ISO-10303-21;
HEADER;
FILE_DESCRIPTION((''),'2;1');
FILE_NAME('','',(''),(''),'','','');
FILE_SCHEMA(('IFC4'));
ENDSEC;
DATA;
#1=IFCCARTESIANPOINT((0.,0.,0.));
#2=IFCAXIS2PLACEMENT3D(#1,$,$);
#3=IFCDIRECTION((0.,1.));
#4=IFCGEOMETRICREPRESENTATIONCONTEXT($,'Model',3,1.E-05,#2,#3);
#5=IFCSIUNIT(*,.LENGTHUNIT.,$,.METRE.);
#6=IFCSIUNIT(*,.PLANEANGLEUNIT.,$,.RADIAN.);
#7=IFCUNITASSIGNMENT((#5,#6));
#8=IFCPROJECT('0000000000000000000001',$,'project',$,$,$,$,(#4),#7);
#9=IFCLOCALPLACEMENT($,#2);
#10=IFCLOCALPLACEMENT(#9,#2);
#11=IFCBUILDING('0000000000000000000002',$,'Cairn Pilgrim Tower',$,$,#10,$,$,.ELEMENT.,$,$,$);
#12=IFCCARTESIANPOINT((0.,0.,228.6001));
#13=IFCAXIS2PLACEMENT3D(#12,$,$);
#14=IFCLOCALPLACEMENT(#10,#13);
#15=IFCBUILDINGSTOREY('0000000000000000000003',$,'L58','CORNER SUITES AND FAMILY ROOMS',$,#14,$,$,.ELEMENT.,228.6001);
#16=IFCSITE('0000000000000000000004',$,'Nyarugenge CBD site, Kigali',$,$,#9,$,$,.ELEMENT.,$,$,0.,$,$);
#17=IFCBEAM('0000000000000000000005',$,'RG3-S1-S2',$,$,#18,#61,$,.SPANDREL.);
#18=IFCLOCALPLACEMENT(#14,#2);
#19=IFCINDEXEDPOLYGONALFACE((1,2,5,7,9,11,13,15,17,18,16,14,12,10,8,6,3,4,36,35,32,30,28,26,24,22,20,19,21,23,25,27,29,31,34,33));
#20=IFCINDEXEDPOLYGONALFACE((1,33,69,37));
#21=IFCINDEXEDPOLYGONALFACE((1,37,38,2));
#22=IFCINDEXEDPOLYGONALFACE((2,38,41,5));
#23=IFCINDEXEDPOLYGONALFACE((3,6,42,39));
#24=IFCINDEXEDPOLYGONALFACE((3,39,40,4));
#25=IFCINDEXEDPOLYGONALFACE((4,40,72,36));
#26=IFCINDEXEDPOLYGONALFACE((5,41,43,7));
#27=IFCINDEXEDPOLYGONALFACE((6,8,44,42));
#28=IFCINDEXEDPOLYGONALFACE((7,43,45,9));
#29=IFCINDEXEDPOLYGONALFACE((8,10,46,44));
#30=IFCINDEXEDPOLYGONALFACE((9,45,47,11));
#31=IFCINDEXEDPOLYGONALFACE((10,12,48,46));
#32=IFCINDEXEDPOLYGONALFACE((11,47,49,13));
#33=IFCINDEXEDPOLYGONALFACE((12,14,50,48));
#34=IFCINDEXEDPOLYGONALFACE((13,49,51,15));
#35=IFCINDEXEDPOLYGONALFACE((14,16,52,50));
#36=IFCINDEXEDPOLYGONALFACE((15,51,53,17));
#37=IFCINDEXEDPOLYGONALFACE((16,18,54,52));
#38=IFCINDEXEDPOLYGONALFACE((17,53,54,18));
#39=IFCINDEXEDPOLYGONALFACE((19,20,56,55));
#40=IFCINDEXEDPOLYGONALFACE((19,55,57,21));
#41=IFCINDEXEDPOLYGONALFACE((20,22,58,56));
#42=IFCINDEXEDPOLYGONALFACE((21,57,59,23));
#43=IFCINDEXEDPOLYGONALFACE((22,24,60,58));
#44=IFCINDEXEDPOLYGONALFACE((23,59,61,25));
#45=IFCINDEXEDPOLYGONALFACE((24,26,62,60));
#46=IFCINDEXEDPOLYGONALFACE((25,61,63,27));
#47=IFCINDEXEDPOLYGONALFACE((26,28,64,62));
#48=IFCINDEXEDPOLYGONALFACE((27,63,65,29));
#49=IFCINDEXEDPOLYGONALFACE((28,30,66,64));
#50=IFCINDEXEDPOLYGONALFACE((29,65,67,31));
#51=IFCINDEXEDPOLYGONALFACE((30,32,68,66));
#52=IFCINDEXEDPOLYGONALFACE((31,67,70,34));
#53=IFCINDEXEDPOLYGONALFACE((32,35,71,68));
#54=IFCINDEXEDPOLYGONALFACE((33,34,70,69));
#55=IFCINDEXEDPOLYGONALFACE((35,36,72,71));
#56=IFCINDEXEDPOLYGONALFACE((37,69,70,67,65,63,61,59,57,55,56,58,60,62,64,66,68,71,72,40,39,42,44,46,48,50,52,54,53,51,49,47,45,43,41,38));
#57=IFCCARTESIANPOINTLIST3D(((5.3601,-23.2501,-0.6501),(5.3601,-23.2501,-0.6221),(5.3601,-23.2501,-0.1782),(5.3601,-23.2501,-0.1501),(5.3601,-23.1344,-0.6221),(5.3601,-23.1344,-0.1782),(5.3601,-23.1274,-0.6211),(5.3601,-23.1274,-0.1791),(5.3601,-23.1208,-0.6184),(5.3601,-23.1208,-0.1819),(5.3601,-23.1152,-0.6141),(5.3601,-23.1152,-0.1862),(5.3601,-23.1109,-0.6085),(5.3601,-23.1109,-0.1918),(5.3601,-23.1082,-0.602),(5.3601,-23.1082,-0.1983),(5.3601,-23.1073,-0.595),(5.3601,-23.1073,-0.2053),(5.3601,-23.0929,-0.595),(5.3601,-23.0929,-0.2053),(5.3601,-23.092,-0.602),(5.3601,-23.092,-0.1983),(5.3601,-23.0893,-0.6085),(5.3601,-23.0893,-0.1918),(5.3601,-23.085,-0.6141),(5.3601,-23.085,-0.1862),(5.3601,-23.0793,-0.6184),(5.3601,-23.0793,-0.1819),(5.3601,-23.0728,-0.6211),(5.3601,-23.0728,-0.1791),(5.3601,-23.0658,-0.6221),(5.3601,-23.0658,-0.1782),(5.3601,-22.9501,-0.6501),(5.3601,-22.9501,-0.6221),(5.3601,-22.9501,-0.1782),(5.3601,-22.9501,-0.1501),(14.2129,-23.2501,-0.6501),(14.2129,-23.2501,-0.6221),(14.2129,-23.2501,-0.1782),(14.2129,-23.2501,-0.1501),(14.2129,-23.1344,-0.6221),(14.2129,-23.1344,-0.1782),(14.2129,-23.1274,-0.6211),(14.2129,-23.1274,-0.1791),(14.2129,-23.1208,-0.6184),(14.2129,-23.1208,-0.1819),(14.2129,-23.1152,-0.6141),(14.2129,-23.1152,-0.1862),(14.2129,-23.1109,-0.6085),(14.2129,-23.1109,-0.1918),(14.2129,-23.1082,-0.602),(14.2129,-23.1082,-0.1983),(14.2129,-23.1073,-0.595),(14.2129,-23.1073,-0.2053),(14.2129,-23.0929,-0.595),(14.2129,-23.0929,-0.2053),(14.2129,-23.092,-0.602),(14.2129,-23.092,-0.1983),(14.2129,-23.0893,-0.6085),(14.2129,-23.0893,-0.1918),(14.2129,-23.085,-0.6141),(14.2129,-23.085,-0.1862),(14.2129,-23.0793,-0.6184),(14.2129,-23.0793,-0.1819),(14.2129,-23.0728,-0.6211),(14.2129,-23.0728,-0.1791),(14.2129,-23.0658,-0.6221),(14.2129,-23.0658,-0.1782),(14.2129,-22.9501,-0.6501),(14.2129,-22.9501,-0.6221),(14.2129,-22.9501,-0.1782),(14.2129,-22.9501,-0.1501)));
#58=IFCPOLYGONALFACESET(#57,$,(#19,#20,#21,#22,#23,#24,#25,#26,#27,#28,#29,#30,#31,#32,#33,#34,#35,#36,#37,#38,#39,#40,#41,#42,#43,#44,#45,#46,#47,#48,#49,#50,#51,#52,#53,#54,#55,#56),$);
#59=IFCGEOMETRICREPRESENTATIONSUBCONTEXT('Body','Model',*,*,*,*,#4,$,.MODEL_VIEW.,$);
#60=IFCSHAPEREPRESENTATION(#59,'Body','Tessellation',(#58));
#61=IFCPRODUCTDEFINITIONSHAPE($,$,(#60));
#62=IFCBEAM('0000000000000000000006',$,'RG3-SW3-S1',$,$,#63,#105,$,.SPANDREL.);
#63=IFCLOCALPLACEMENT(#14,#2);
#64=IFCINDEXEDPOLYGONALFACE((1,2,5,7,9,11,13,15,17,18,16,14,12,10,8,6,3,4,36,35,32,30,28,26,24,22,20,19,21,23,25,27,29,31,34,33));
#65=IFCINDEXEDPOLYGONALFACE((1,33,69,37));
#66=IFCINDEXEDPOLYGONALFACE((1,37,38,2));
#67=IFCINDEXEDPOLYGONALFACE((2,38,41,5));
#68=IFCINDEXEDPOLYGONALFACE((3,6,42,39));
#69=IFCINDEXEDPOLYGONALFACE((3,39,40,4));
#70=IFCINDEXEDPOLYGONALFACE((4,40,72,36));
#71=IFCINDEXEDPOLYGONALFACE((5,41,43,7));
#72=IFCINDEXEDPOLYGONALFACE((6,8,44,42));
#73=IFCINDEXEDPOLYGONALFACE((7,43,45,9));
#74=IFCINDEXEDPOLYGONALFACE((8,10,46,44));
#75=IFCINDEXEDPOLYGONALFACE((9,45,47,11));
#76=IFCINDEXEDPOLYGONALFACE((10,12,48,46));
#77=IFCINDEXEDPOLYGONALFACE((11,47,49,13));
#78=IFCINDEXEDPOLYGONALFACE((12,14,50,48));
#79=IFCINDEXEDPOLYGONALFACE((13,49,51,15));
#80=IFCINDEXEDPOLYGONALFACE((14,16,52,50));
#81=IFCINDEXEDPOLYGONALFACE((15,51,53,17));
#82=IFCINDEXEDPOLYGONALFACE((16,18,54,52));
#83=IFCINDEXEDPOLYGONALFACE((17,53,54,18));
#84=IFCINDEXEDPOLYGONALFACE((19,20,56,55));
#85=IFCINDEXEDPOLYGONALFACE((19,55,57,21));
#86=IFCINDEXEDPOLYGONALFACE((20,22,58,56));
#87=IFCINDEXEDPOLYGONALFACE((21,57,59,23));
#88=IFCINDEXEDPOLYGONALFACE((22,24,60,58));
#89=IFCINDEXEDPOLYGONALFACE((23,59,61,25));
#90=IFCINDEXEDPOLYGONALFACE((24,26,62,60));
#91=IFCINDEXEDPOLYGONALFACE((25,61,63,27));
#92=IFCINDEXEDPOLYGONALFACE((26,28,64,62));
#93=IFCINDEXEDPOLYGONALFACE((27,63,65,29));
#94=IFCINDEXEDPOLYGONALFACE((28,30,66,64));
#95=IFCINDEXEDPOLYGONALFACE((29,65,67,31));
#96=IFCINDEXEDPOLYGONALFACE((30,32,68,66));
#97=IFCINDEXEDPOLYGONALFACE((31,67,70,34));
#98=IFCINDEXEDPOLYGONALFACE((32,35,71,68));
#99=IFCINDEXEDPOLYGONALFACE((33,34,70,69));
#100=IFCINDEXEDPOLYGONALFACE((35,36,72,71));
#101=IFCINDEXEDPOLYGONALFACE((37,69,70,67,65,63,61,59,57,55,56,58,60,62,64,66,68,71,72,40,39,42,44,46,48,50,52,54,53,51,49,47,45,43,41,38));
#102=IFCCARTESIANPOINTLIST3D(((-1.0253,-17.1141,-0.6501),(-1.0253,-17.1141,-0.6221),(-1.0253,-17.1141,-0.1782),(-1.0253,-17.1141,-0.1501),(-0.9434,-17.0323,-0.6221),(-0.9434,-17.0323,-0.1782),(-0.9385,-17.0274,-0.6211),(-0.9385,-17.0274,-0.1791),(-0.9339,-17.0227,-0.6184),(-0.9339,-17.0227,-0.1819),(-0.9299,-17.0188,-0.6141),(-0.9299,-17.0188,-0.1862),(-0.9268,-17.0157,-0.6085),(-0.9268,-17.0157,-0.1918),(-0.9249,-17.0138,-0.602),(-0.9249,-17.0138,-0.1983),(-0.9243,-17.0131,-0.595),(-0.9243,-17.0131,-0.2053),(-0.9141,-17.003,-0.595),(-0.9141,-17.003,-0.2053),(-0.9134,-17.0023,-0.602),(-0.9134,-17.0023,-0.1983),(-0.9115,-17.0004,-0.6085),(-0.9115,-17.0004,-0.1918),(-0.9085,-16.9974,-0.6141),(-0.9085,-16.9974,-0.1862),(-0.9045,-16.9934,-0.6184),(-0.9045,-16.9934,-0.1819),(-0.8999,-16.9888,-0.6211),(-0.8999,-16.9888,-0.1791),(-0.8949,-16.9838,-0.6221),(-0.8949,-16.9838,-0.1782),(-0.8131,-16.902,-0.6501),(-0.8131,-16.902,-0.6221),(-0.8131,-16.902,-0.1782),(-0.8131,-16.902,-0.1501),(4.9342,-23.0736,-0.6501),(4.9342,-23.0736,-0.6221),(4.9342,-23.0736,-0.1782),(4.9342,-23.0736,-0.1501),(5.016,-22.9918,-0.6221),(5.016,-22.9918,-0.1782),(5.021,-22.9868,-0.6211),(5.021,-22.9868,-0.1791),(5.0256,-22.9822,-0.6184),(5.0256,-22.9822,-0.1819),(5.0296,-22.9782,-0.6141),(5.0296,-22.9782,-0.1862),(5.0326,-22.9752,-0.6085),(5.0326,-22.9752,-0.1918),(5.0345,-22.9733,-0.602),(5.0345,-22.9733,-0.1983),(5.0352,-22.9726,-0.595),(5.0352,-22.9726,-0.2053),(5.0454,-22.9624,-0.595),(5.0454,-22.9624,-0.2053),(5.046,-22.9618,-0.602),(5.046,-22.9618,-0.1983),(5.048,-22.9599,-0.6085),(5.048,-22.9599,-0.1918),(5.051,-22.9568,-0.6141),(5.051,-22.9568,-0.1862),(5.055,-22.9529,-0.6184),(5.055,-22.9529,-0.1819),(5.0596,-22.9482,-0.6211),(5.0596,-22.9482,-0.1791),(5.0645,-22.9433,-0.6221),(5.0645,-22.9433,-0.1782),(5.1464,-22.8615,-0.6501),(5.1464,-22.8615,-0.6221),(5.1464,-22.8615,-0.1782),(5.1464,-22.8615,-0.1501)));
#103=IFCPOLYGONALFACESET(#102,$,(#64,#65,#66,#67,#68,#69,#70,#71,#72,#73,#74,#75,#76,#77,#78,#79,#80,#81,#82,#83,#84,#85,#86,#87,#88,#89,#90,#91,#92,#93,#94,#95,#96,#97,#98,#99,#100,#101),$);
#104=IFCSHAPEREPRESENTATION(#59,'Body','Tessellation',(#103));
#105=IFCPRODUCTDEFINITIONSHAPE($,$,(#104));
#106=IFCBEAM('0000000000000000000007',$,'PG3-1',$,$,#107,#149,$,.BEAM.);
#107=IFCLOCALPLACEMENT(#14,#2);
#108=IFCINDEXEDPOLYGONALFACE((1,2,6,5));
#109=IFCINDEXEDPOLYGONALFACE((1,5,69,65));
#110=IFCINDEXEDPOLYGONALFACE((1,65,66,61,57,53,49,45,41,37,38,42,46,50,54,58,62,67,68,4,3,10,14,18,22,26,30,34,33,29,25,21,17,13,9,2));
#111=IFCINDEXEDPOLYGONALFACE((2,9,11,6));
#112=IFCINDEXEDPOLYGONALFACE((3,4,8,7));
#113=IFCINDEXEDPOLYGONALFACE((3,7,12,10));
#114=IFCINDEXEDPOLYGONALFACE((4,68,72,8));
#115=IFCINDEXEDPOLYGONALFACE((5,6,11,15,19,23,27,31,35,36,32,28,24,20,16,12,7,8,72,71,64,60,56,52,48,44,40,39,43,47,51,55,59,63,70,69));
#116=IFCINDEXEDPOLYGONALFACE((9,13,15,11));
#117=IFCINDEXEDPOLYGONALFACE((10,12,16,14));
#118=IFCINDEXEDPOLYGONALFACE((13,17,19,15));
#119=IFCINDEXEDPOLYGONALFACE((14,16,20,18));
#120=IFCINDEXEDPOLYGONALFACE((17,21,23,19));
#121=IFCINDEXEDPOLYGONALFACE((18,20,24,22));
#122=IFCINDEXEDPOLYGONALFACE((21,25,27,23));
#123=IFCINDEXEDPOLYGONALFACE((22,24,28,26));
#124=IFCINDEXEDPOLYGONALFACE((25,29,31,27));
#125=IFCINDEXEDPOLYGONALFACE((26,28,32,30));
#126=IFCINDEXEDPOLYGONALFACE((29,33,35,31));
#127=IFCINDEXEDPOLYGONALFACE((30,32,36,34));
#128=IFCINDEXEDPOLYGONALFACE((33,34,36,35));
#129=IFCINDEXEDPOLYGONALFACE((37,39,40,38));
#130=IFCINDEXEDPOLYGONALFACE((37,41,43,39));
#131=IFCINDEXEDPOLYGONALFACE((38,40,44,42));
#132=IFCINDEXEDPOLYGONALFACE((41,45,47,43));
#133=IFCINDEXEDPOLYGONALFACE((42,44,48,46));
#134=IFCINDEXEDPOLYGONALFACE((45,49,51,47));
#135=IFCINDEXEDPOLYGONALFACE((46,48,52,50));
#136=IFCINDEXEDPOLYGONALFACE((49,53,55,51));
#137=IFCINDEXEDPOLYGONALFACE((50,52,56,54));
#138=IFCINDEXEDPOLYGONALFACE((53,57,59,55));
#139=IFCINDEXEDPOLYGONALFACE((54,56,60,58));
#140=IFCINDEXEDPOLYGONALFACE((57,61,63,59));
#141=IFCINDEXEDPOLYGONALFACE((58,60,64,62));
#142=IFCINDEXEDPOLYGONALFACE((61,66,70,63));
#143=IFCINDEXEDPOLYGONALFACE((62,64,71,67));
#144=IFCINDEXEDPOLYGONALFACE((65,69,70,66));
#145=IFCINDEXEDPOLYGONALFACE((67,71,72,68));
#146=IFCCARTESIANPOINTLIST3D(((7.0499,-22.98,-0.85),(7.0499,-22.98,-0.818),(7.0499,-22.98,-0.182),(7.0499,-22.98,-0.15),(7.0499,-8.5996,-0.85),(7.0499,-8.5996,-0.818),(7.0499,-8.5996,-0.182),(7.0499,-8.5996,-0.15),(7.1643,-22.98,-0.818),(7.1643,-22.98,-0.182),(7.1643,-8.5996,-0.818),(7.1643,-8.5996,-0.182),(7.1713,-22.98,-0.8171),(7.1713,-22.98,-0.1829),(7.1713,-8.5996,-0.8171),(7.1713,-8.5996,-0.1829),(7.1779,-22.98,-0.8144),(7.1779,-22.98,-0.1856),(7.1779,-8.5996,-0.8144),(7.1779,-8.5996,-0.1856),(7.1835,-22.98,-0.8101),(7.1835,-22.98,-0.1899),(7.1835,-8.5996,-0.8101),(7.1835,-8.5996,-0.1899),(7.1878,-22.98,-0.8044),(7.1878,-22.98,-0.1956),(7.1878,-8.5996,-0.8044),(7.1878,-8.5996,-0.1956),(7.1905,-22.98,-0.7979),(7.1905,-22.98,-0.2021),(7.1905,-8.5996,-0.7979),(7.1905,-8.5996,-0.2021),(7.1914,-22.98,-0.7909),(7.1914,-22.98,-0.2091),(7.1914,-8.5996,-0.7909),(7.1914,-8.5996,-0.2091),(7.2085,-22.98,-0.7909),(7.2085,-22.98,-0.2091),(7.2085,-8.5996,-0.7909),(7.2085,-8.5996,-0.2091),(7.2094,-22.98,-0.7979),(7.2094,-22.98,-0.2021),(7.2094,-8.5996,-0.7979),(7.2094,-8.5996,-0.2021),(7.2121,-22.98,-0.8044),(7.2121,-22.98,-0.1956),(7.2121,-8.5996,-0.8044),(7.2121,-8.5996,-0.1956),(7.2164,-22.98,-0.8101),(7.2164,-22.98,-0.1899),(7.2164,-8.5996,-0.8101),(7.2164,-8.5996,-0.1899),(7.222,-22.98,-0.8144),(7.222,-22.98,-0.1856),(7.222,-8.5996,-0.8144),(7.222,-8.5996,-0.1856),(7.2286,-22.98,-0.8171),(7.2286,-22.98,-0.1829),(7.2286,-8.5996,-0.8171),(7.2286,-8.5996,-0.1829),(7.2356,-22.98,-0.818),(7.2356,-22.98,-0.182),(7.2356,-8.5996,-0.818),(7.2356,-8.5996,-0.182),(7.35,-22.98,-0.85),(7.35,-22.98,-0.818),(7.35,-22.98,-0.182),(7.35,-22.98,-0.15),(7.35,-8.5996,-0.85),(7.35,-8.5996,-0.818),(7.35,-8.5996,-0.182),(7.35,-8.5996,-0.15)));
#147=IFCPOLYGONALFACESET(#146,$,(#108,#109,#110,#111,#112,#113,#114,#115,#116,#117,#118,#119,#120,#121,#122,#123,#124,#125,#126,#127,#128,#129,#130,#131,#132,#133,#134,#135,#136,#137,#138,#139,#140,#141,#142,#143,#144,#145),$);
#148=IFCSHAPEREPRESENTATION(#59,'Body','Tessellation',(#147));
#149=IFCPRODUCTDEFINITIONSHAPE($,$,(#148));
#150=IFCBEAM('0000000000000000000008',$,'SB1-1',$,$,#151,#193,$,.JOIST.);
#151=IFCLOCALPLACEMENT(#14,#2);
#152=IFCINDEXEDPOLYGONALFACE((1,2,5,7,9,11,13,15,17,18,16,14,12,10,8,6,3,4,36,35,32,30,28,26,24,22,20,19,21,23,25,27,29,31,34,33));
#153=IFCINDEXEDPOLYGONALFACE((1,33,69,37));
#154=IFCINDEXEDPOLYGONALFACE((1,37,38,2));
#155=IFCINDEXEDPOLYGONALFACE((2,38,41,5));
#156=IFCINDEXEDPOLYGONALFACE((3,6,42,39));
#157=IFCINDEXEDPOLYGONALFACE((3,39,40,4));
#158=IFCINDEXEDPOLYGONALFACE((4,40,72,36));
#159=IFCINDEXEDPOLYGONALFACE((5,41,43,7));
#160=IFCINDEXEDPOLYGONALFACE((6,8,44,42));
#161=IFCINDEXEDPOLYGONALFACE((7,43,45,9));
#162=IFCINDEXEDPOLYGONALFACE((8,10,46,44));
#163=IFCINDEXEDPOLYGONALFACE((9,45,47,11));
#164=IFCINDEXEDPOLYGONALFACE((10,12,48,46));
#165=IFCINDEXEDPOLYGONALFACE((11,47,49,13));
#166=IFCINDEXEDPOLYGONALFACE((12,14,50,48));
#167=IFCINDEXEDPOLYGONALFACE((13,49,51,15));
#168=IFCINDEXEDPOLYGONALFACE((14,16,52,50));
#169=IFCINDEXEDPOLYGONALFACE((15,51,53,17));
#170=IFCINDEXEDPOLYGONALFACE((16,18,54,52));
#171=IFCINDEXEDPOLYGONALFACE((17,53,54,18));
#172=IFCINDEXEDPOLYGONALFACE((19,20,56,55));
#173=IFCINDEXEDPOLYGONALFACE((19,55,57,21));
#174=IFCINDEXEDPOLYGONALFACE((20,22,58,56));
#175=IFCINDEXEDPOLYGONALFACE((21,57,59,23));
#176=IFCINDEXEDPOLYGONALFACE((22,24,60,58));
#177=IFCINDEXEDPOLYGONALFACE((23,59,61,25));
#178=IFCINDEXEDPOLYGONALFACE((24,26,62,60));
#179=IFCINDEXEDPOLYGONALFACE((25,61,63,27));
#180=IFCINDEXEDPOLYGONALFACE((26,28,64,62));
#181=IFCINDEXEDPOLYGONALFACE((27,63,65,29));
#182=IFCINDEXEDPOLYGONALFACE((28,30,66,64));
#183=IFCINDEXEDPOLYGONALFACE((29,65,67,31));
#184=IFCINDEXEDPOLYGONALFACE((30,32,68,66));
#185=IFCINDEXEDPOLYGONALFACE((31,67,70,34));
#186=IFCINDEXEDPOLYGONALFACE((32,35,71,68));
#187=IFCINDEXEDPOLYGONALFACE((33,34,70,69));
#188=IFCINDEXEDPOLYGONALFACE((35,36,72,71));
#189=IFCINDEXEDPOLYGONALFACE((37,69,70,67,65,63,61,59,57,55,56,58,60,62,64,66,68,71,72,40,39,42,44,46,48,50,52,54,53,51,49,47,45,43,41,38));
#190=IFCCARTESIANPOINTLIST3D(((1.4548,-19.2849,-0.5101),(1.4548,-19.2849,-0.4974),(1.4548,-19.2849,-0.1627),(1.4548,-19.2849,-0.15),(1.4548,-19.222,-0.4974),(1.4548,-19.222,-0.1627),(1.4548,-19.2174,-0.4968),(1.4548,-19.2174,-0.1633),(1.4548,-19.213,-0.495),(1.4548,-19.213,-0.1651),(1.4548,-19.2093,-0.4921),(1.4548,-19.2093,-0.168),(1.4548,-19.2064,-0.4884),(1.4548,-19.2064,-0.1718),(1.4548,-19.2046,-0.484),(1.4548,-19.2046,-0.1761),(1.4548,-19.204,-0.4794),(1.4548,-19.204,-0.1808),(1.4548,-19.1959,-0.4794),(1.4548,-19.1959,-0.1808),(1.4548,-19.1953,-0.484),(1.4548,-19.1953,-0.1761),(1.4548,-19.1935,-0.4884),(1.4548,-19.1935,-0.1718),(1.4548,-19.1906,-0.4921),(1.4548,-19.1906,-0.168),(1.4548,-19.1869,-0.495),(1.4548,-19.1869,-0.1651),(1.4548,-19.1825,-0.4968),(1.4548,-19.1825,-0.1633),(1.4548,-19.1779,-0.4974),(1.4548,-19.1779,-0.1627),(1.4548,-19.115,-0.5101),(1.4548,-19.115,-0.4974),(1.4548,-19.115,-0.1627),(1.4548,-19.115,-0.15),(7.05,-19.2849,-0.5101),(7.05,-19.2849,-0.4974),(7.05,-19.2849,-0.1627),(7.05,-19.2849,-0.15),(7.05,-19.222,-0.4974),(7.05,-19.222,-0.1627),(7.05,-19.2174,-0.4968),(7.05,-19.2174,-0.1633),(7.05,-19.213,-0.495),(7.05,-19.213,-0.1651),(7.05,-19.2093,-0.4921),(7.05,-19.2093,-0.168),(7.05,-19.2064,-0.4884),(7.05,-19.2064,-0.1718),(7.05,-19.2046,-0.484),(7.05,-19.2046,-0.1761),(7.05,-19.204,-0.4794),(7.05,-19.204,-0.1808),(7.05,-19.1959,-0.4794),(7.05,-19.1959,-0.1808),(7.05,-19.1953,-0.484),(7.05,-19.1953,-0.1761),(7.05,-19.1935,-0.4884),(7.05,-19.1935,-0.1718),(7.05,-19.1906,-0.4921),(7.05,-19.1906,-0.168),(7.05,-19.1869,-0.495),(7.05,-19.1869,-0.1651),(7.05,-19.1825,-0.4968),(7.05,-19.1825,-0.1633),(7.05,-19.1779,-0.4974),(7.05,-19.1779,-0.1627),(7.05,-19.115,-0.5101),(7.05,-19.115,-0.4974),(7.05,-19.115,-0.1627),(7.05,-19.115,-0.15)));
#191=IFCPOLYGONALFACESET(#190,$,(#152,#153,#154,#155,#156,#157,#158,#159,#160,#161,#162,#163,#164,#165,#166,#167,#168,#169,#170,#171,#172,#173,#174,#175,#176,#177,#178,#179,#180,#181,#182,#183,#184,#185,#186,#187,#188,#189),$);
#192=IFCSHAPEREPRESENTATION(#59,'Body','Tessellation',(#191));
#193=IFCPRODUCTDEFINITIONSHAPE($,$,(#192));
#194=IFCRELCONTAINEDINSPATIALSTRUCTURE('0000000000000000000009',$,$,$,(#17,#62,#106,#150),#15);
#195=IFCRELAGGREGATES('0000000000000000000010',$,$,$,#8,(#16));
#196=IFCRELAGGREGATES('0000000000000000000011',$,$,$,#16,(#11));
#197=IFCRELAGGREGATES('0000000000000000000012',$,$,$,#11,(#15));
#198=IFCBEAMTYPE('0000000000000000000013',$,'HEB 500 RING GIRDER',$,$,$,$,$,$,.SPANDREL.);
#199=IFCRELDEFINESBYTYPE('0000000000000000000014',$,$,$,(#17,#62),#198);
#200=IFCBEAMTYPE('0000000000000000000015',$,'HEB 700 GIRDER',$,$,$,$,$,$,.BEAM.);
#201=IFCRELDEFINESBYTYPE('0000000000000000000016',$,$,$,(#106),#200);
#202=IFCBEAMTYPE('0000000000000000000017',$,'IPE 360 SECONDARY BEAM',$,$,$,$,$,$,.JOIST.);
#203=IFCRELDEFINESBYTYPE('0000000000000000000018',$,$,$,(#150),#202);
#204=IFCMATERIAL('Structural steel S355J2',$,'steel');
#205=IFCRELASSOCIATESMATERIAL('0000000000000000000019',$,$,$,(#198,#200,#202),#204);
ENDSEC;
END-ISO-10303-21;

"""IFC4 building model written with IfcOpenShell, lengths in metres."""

from ifc_helpers import new_model, si_unit, direction, frame, origin, origin_2d, place, context, subcontext, project, spatial, i_section, extrude, material, material_profile, profile_set, type_object, element, save


model = new_model("IFC4")

# Units and contexts
model_context = context("Model", 3, precision=1e-05, world=origin(), true_north=direction((0.0, 1.0)))
body_context = subcontext(model_context, "Body", "Model", "MODEL_VIEW")
ifc_project = project(units=[si_unit("LENGTHUNIT", "METRE"), si_unit("PLANEANGLEUNIT", "RADIAN")], contexts=[model_context])

# Site, building, storey
site_placement = place(None, origin())
site = spatial("IfcSite", under=ifc_project, at=site_placement, Name="Nyarugenge CBD site, Kigali", CompositionType="ELEMENT", RefElevation=0.0)
building_placement = place(site_placement, origin())
building = spatial("IfcBuilding", under=site, at=building_placement, Name="Cairn Pilgrim Tower", CompositionType="ELEMENT")
storey_placement = place(building_placement, frame((0.0, 0.0, 228.6001)))
storey = spatial("IfcBuildingStorey", under=building, at=storey_placement, Name="L58", Description="CORNER SUITES AND FAMILY ROOMS", CompositionType="ELEMENT", Elevation=228.6001)

# Beams
ifc_material_1 = material(Name="Structural steel S355J2", Category="steel")
ifc_material_profile_1 = material_profile(ifc_material_1, i_section(OverallWidth=0.3, OverallDepth=0.5, WebThickness=0.0144, FlangeThickness=0.0281, FilletRadius=0.0271, at=origin_2d()), Name="HEB 500")
ifc_profile_set_1 = profile_set([ifc_material_profile_1], Name="Structural steel S355J2")
beam_type_1 = type_object("IfcBeamType", Name="HEB 500 RING GIRDER", PredefinedType="SPANDREL", material=ifc_profile_set_1)
beam_1_placement = place(storey_placement, frame((5.3601, -23.1001, -0.4001), z_axis=(1.0, 0.0, 0.0), x_axis=(0.0, 1.0, 0.0)))
element("IfcBeam", 1, at=beam_1_placement, inside=storey, type_object=beam_type_1, Name="RG3-S1-S2", PredefinedType="SPANDREL", context=body_context, shape_type="SweptSolid", body=[
    extrude(i_section(OverallWidth=0.3, OverallDepth=0.5, WebThickness=0.0144, FlangeThickness=0.0281, FilletRadius=0.0271, at=origin_2d()), origin(), (0.0, 0.0, 1.0), 8.8528),
])
beam_2_placement = place(storey_placement, frame((-0.9192, -17.0081, -0.4001), z_axis=(0.707107, -0.707107, 0.0), x_axis=(0.707107, 0.707107, 0.0)))
element("IfcBeam", 2, at=beam_2_placement, inside=storey, type_object=beam_type_1, Name="RG3-SW3-S1", PredefinedType="SPANDREL", context=body_context, shape_type="SweptSolid", body=[
    extrude(i_section(OverallWidth=0.3, OverallDepth=0.5, WebThickness=0.0144, FlangeThickness=0.0281, FilletRadius=0.0271, at=origin_2d()), origin(), (0.0, 0.0, 1.0), 8.428),
])
ifc_material_profile_2 = material_profile(ifc_material_1, i_section(OverallWidth=0.3, OverallDepth=0.7, WebThickness=0.0171, FlangeThickness=0.032, FilletRadius=0.0271, at=origin_2d()), Name="HEB 700")
ifc_profile_set_2 = profile_set([ifc_material_profile_2], Name="Structural steel S355J2")
beam_type_2 = type_object("IfcBeamType", Name="HEB 700 GIRDER", PredefinedType="BEAM", material=ifc_profile_set_2)
beam_3_placement = place(storey_placement, frame((7.2, -22.98, -0.5), z_axis=(0.0, 1.0, 0.0), x_axis=(-1.0, 0.0, 0.0)))
element("IfcBeam", 3, at=beam_3_placement, inside=storey, type_object=beam_type_2, Name="PG3-1", PredefinedType="BEAM", context=body_context, shape_type="SweptSolid", body=[
    extrude(i_section(OverallWidth=0.3, OverallDepth=0.7, WebThickness=0.0171, FlangeThickness=0.032, FilletRadius=0.0271, at=origin_2d()), origin(), (0.0, 0.0, 1.0), 14.3804),
])
ifc_material_profile_3 = material_profile(ifc_material_1, i_section(OverallWidth=0.1699, OverallDepth=0.3601, WebThickness=0.0081, FlangeThickness=0.0127, FilletRadius=0.0181, at=origin_2d()), Name="IPE 360")
ifc_profile_set_3 = profile_set([ifc_material_profile_3], Name="Structural steel S355J2")
beam_type_3 = type_object("IfcBeamType", Name="IPE 360 SECONDARY BEAM", PredefinedType="JOIST", material=ifc_profile_set_3)
beam_4_placement = place(storey_placement, frame((1.4548, -19.2, -0.3301), z_axis=(1.0, 0.0, 0.0), x_axis=(0.0, 1.0, 0.0)))
element("IfcBeam", 4, at=beam_4_placement, inside=storey, type_object=beam_type_3, Name="SB1-1", PredefinedType="JOIST", context=body_context, shape_type="SweptSolid", body=[
    extrude(i_section(OverallWidth=0.1699, OverallDepth=0.3601, WebThickness=0.0081, FlangeThickness=0.0127, FilletRadius=0.0181, at=origin_2d()), origin(), (0.0, 0.0, 1.0), 5.5952),
])

save(model, "model.ifc")
